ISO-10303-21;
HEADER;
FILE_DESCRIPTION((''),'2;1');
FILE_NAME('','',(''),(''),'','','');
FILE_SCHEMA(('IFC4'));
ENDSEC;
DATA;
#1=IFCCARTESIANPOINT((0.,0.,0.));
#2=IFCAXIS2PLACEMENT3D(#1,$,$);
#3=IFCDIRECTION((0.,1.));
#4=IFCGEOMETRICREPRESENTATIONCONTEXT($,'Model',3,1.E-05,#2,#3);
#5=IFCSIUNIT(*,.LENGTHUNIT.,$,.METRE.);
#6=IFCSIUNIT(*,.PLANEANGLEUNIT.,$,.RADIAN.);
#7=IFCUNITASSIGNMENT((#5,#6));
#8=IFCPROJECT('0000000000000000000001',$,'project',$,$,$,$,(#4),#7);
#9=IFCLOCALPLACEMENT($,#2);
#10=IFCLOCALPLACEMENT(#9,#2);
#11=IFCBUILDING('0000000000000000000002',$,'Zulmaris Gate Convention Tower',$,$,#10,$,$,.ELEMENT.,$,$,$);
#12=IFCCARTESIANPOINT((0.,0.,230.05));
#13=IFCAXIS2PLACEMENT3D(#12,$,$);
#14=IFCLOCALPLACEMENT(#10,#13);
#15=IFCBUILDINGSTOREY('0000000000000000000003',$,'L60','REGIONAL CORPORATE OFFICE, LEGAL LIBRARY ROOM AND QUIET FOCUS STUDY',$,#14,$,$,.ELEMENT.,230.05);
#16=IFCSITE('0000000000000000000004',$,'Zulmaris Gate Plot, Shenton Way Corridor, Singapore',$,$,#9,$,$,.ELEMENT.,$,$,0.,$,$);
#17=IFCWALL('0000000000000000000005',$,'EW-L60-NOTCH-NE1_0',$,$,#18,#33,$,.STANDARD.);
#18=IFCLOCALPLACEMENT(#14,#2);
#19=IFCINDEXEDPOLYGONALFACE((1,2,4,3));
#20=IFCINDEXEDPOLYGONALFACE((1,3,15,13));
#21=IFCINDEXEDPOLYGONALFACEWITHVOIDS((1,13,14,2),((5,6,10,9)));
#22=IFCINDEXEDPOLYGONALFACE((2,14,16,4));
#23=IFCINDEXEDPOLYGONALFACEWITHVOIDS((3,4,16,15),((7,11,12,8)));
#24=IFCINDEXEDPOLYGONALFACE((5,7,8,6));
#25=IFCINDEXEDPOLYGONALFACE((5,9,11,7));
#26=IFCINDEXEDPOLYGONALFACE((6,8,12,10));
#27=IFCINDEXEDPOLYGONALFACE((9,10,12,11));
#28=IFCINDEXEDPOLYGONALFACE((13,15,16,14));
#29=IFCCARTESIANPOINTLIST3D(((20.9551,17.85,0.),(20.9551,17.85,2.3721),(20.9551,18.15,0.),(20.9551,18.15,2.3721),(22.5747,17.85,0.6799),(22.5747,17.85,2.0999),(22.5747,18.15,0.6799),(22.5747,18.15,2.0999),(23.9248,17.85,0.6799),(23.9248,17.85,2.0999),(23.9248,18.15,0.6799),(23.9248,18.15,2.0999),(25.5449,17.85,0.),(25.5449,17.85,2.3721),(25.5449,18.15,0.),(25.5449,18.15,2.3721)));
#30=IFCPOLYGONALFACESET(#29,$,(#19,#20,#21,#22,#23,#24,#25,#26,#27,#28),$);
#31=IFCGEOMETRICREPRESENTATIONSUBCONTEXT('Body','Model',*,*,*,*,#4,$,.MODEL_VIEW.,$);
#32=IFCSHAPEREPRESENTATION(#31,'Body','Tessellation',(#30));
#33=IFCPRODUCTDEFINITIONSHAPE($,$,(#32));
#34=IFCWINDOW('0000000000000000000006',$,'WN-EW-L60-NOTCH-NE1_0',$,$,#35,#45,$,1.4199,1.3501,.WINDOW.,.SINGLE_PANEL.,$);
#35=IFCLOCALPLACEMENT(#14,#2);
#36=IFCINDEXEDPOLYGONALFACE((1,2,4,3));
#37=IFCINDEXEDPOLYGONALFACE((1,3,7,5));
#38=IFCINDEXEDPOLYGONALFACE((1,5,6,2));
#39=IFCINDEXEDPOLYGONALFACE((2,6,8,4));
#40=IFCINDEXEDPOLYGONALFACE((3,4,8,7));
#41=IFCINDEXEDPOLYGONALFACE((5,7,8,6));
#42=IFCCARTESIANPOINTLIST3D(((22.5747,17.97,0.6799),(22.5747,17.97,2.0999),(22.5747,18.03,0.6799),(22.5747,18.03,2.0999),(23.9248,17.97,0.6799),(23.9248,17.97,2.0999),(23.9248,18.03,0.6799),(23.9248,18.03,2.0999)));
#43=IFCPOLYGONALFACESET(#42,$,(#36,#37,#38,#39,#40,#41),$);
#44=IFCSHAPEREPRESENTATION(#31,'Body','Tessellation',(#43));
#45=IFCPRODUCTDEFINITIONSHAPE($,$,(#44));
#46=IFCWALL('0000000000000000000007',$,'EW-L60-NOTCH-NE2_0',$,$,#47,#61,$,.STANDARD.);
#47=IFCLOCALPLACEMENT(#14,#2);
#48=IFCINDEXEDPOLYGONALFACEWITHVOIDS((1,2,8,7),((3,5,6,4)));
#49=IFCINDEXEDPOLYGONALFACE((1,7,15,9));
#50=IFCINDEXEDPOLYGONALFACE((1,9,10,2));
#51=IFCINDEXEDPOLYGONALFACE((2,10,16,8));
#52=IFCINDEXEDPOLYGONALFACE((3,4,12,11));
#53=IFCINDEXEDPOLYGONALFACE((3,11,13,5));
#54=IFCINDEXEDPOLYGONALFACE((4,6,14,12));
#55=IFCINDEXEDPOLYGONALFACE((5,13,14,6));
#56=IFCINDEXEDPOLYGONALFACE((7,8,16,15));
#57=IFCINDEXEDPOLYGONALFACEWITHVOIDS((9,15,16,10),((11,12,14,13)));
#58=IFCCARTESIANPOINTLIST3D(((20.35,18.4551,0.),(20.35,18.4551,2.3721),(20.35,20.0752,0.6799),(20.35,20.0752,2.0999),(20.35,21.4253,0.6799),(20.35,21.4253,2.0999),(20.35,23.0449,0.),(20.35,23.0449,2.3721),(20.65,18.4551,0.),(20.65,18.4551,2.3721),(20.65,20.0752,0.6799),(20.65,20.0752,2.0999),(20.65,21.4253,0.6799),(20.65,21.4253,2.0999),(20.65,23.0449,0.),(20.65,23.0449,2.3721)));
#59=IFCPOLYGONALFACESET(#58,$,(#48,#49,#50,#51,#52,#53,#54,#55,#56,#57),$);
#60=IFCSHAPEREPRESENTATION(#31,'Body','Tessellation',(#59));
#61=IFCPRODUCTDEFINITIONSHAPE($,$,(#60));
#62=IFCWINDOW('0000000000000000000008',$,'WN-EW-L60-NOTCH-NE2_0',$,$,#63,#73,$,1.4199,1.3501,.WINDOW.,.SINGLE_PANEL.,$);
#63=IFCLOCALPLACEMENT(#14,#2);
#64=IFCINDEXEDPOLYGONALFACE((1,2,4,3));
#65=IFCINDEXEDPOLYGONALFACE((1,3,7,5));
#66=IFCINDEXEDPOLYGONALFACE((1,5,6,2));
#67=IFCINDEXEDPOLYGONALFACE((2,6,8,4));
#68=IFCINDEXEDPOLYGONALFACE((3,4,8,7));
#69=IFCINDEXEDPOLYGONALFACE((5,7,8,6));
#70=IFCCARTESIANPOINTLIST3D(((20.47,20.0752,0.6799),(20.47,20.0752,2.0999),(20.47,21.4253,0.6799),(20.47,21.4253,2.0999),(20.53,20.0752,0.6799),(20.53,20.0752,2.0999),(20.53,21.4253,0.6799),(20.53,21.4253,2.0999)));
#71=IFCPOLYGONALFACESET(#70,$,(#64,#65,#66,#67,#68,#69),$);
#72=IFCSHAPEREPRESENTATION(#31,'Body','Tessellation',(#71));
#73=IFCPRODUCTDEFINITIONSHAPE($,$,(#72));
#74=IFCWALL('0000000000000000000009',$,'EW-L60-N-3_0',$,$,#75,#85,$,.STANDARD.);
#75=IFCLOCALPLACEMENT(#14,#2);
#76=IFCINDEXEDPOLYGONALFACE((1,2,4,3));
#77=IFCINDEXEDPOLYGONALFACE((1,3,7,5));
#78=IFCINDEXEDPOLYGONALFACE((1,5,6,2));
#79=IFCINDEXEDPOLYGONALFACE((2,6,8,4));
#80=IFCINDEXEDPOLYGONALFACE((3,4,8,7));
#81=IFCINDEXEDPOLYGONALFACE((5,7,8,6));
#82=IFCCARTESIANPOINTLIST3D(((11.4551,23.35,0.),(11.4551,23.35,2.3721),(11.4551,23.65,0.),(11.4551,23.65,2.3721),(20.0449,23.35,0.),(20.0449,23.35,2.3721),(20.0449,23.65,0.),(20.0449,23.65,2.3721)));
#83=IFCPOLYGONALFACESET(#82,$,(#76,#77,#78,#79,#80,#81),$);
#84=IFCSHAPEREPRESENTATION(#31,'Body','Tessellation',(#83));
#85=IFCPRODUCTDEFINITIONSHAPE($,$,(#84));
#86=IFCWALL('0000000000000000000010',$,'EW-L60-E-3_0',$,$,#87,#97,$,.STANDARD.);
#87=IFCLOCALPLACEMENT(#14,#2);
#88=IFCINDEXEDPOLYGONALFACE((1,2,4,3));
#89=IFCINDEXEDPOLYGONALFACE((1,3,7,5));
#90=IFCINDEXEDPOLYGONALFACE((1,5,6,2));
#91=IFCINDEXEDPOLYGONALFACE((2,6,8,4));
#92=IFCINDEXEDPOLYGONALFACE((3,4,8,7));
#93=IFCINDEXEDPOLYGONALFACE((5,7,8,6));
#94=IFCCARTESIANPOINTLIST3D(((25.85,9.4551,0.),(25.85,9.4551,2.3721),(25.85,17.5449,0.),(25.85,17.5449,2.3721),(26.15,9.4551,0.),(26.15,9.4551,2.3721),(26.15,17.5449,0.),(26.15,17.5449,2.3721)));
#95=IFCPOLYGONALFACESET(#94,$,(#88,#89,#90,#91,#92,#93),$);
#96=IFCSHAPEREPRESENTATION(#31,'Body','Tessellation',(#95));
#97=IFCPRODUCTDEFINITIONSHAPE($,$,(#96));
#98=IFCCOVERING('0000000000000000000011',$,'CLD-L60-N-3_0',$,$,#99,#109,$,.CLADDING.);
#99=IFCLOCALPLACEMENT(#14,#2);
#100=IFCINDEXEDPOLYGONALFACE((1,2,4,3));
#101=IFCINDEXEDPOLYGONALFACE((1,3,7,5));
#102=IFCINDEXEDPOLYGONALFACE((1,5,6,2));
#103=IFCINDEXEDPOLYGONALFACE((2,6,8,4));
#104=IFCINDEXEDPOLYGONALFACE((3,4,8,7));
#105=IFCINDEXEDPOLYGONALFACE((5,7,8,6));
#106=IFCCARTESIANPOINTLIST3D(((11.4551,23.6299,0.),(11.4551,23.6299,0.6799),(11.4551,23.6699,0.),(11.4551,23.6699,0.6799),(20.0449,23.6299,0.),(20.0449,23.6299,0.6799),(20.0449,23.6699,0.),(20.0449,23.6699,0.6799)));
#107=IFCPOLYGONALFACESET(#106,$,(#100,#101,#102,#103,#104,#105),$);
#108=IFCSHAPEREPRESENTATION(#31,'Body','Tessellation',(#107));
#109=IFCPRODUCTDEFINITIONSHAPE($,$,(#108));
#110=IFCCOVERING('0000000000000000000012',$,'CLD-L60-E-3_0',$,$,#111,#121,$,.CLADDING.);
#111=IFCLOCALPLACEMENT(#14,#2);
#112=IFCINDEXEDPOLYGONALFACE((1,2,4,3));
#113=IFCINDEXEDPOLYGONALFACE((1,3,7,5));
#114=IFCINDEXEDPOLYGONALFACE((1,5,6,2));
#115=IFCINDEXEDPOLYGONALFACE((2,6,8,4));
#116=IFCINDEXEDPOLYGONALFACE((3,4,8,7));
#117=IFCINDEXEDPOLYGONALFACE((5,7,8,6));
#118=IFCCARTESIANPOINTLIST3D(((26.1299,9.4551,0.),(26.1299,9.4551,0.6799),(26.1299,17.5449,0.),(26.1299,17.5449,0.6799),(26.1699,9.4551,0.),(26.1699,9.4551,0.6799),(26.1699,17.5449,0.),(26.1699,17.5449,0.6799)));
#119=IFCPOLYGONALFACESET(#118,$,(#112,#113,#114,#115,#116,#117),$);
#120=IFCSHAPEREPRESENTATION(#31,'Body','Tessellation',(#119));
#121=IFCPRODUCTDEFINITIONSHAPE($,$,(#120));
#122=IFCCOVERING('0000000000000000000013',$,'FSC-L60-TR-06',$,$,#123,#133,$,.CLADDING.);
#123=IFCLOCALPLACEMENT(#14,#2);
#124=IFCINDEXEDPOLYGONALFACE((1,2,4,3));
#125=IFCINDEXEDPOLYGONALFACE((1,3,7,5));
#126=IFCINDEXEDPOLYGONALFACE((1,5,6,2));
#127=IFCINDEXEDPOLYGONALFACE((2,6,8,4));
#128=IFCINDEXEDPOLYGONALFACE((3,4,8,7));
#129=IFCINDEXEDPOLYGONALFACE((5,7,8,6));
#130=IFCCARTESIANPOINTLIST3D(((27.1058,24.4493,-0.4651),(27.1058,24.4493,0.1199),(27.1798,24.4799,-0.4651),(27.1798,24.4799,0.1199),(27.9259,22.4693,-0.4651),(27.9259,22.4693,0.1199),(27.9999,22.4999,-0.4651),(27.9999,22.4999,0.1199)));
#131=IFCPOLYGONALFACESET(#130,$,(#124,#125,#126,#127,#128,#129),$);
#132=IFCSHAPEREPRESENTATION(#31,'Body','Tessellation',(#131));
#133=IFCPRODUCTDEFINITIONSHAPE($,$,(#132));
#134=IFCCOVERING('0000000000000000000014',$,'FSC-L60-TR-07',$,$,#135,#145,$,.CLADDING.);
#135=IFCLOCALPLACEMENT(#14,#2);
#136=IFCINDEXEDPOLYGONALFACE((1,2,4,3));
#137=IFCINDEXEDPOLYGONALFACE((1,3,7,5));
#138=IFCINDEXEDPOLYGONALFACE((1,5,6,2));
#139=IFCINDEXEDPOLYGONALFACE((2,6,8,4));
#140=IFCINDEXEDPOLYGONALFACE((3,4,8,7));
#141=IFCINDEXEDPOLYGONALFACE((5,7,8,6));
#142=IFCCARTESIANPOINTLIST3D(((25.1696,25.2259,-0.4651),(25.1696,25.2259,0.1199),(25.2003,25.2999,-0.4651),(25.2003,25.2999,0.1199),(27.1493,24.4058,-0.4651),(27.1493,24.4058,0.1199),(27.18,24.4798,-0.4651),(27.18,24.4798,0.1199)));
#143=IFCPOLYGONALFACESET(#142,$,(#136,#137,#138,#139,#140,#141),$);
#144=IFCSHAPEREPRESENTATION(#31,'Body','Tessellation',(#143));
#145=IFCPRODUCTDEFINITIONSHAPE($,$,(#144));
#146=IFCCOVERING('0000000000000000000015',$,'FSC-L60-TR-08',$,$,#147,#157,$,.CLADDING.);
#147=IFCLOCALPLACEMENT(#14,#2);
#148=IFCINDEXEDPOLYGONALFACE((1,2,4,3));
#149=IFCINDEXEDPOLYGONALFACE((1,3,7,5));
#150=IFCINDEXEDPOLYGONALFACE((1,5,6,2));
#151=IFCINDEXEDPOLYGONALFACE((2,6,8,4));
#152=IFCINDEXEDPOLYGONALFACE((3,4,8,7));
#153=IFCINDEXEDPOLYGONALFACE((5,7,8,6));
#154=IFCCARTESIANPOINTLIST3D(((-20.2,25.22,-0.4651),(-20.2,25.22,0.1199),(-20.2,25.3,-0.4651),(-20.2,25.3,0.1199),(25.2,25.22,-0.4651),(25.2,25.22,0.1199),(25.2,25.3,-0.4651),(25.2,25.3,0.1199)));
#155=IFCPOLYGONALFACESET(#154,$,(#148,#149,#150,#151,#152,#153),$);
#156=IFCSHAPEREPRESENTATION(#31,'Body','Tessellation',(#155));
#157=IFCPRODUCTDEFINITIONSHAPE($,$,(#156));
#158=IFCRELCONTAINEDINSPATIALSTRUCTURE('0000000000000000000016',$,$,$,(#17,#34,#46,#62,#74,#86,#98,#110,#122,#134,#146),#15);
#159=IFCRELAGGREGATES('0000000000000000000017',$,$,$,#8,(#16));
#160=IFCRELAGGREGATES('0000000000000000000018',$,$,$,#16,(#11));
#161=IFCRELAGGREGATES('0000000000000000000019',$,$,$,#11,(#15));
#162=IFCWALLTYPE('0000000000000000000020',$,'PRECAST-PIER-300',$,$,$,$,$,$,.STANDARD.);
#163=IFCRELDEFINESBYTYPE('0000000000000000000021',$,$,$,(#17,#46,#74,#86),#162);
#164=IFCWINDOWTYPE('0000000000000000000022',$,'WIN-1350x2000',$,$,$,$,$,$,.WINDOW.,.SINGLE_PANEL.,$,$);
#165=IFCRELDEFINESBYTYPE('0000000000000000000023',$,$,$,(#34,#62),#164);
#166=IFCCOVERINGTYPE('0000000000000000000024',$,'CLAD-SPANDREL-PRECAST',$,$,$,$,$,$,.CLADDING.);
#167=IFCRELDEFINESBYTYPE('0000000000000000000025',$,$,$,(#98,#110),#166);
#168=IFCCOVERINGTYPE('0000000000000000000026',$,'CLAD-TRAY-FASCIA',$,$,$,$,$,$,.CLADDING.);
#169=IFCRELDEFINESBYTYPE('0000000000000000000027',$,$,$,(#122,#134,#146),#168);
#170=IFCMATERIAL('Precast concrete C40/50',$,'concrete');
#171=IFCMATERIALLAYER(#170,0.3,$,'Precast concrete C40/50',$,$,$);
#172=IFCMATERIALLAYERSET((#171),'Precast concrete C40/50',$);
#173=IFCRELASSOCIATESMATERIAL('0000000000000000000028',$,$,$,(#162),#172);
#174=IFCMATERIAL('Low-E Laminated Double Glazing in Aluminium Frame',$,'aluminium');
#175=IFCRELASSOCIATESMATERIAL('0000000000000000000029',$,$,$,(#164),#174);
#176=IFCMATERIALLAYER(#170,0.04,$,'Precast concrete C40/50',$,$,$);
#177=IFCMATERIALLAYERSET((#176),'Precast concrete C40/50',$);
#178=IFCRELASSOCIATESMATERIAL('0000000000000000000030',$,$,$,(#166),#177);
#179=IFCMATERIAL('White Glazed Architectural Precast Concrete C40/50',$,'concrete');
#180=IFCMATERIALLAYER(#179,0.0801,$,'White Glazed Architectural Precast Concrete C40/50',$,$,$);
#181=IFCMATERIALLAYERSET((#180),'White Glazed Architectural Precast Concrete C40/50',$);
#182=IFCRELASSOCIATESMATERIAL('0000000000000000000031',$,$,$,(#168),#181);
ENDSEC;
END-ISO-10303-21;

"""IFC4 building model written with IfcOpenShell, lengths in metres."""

from ifc_helpers import new_model, si_unit, direction, frame, frame_2d, origin, place, context, subcontext, project, spatial, rectangle, extrude, material, layer, layer_set, type_object, element, fill, save


model = new_model("IFC4")

# Units and contexts
model_context = context("Model", 3, precision=1e-05, world=origin(), true_north=direction((0.0, 1.0)))
body_context = subcontext(model_context, "Body", "Model", "MODEL_VIEW")
ifc_project = project(units=[si_unit("LENGTHUNIT", "METRE"), si_unit("PLANEANGLEUNIT", "RADIAN")], contexts=[model_context])

# Site, building, storey
site_placement = place(None, origin())
site = spatial("IfcSite", under=ifc_project, at=site_placement, Name="Zulmaris Gate Plot, Shenton Way Corridor, Singapore", CompositionType="ELEMENT", RefElevation=0.0)
building_placement = place(site_placement, origin())
building = spatial("IfcBuilding", under=site, at=building_placement, Name="Zulmaris Gate Convention Tower", CompositionType="ELEMENT")
storey_placement = place(building_placement, frame((0.0, 0.0, 230.05)))
storey = spatial("IfcBuildingStorey", under=building, at=storey_placement, Name="L60", Description="REGIONAL CORPORATE OFFICE, LEGAL LIBRARY ROOM AND QUIET FOCUS STUDY", CompositionType="ELEMENT", Elevation=230.05)

# Walls, openings, windows
ifc_material_1 = material(Name="Precast concrete C40/50", Category="concrete")
ifc_layer_1 = layer(ifc_material_1, 0.3, Name="Precast concrete C40/50")
ifc_layer_set_1 = layer_set([ifc_layer_1], Name="Precast concrete C40/50")
wall_type_1 = type_object("IfcWallType", Name="PRECAST-PIER-300", PredefinedType="STANDARD", material=ifc_layer_set_1)
wall_1_placement = place(storey_placement, frame((25.5449, 18.0, 0.0), z_axis=(0.0, 0.0, 1.0), x_axis=(-1.0, 0.0, 0.0)))
wall_1 = element("IfcWall", 1, at=wall_1_placement, inside=storey, type_object=wall_type_1, Name="EW-L60-NOTCH-NE1_0", PredefinedType="STANDARD", context=body_context, shape_type="SweptSolid", body=[
    extrude(rectangle(XDim=4.5898, YDim=0.3, at=frame_2d((2.2949, 0.0))), origin(), (0.0, 0.0, 1.0), 2.3721),
])
opening_1_placement = place(wall_1_placement, frame((1.6201, 0.0, 0.6799)))
opening_1 = element("IfcOpeningElement", 2, at=opening_1_placement, cuts=wall_1, PredefinedType="OPENING", context=body_context, shape_type="SweptSolid", body=[
    extrude(rectangle(XDim=1.3501, YDim=1.4199, at=frame_2d((0.675, 0.71))), frame((0.0, 0.1602, 0.0), z_axis=(0.0, -1.0, 0.0), x_axis=(1.0, 0.0, 0.0)), (0.0, 0.0, 1.0), 0.3201),
])
ifc_material_2 = material(Name="Low-E Laminated Double Glazing in Aluminium Frame", Category="aluminium")
window_type = type_object("IfcWindowType", Name="WIN-1350x2000", PartitioningType="SINGLE_PANEL", PredefinedType="WINDOW", material=ifc_material_2)
window_1_placement = place(opening_1_placement, origin())
window_1 = element("IfcWindow", 3, at=window_1_placement, inside=storey, type_object=window_type, Name="WN-EW-L60-NOTCH-NE1_0", OverallHeight=1.4199, OverallWidth=1.3501, PartitioningType="SINGLE_PANEL", PredefinedType="WINDOW", context=body_context, shape_type="SweptSolid", body=[
    extrude(rectangle(XDim=1.3501, YDim=1.4199, at=frame_2d((0.675, 0.71))), frame((0.0, 0.03, 0.0), z_axis=(0.0, -1.0, 0.0), x_axis=(1.0, 0.0, 0.0)), (0.0, 0.0, 1.0), 0.0601),
])
fill(opening_1, window_1)
wall_2_placement = place(storey_placement, frame((20.5, 18.4551, 0.0), z_axis=(0.0, 0.0, 1.0), x_axis=(0.0, 1.0, 0.0)))
wall_2 = element("IfcWall", 4, at=wall_2_placement, inside=storey, type_object=wall_type_1, Name="EW-L60-NOTCH-NE2_0", PredefinedType="STANDARD", context=body_context, shape_type="SweptSolid", body=[
    extrude(rectangle(XDim=4.5898, YDim=0.3, at=frame_2d((2.2949, 0.0))), origin(), (0.0, 0.0, 1.0), 2.3721),
])
opening_2_placement = place(wall_2_placement, frame((1.6201, 0.0, 0.6799)))
opening_2 = element("IfcOpeningElement", 5, at=opening_2_placement, cuts=wall_2, PredefinedType="OPENING", context=body_context, shape_type="SweptSolid", body=[
    extrude(rectangle(XDim=1.3501, YDim=1.4199, at=frame_2d((0.675, 0.71))), frame((0.0, 0.1602, 0.0), z_axis=(0.0, -1.0, 0.0), x_axis=(1.0, 0.0, 0.0)), (0.0, 0.0, 1.0), 0.3201),
])
window_2_placement = place(opening_2_placement, origin())
window_2 = element("IfcWindow", 6, at=window_2_placement, inside=storey, type_object=window_type, Name="WN-EW-L60-NOTCH-NE2_0", OverallHeight=1.4199, OverallWidth=1.3501, PartitioningType="SINGLE_PANEL", PredefinedType="WINDOW", context=body_context, shape_type="SweptSolid", body=[
    extrude(rectangle(XDim=1.3501, YDim=1.4199, at=frame_2d((0.675, 0.71))), frame((0.0, 0.03, 0.0), z_axis=(0.0, -1.0, 0.0), x_axis=(1.0, 0.0, 0.0)), (0.0, 0.0, 1.0), 0.0601),
])
fill(opening_2, window_2)

# Walls
wall_3_placement = place(storey_placement, frame((20.0449, 23.5, 0.0), z_axis=(0.0, 0.0, 1.0), x_axis=(-1.0, 0.0, 0.0)))
element("IfcWall", 7, at=wall_3_placement, inside=storey, type_object=wall_type_1, Name="EW-L60-N-3_0", PredefinedType="STANDARD", context=body_context, shape_type="SweptSolid", body=[
    extrude(rectangle(XDim=8.5898, YDim=0.3, at=frame_2d((4.2949, 0.0))), origin(), (0.0, 0.0, 1.0), 2.3721),
])
wall_4_placement = place(storey_placement, frame((26.0, 9.4551, 0.0), z_axis=(0.0, 0.0, 1.0), x_axis=(0.0, 1.0, 0.0)))
element("IfcWall", 8, at=wall_4_placement, inside=storey, type_object=wall_type_1, Name="EW-L60-E-3_0", PredefinedType="STANDARD", context=body_context, shape_type="SweptSolid", body=[
    extrude(rectangle(XDim=8.0898, YDim=0.3, at=frame_2d((4.0449, 0.0))), origin(), (0.0, 0.0, 1.0), 2.3721),
])

# Coverings
ifc_layer_2 = layer(ifc_material_1, 0.04, Name="Precast concrete C40/50")
ifc_layer_set_2 = layer_set([ifc_layer_2], Name="Precast concrete C40/50")
covering_type_1 = type_object("IfcCoveringType", Name="CLAD-SPANDREL-PRECAST", PredefinedType="CLADDING", material=ifc_layer_set_2)
covering_1_placement = place(storey_placement, frame((20.0449, 23.6499, 0.0), z_axis=(0.0, 0.0, 1.0), x_axis=(-1.0, 0.0, 0.0)))
element("IfcCovering", 9, at=covering_1_placement, inside=storey, type_object=covering_type_1, Name="CLD-L60-N-3_0", PredefinedType="CLADDING", context=body_context, shape_type="SweptSolid", body=[
    extrude(rectangle(XDim=8.5898, YDim=0.04, at=frame_2d((4.2949, 0.0))), origin(), (0.0, 0.0, 1.0), 0.6799),
])
covering_2_placement = place(storey_placement, frame((26.1499, 9.4551, 0.0), z_axis=(0.0, 0.0, 1.0), x_axis=(0.0, 1.0, 0.0)))
element("IfcCovering", 10, at=covering_2_placement, inside=storey, type_object=covering_type_1, Name="CLD-L60-E-3_0", PredefinedType="CLADDING", context=body_context, shape_type="SweptSolid", body=[
    extrude(rectangle(XDim=8.0898, YDim=0.04, at=frame_2d((4.0449, 0.0))), origin(), (0.0, 0.0, 1.0), 0.6799),
])
ifc_material_3 = material(Name="White Glazed Architectural Precast Concrete C40/50", Category="concrete")
ifc_layer_3 = layer(ifc_material_3, 0.0801, Name="White Glazed Architectural Precast Concrete C40/50")
ifc_layer_set_3 = layer_set([ifc_layer_3], Name="White Glazed Architectural Precast Concrete C40/50")
covering_type_2 = type_object("IfcCoveringType", Name="CLAD-TRAY-FASCIA", PredefinedType="CLADDING", material=ifc_layer_set_3)
covering_3_placement = place(storey_placement, frame((27.9629, 22.4846, -0.4651), z_axis=(0.0, 0.0, 1.0), x_axis=(-0.382657, 0.92389, 0.0)))
element("IfcCovering", 11, at=covering_3_placement, inside=storey, type_object=covering_type_2, Name="FSC-L60-TR-06", PredefinedType="CLADDING", context=body_context, shape_type="SweptSolid", body=[
    extrude(rectangle(XDim=2.1431, YDim=0.0801, at=frame_2d((1.0715, 0.0))), origin(), (0.0, 0.0, 1.0), 0.585),
])
covering_4_placement = place(storey_placement, frame((27.1646, 24.4429, -0.4651), z_axis=(0.0, 0.0, 1.0), x_axis=(-0.923874, 0.382697, 0.0)))
element("IfcCovering", 12, at=covering_4_placement, inside=storey, type_object=covering_type_2, Name="FSC-L60-TR-07", PredefinedType="CLADDING", context=body_context, shape_type="SweptSolid", body=[
    extrude(rectangle(XDim=2.1428, YDim=0.0801, at=frame_2d((1.0713, 0.0))), origin(), (0.0, 0.0, 1.0), 0.585),
])
covering_5_placement = place(storey_placement, frame((25.2, 25.26, -0.4651), z_axis=(0.0, 0.0, 1.0), x_axis=(-1.0, 0.0, 0.0)))
element("IfcCovering", 13, at=covering_5_placement, inside=storey, type_object=covering_type_2, Name="FSC-L60-TR-08", PredefinedType="CLADDING", context=body_context, shape_type="SweptSolid", body=[
    extrude(rectangle(XDim=45.3999, YDim=0.0801, at=frame_2d((22.7, 0.0))), origin(), (0.0, 0.0, 1.0), 0.585),
])

save(model, "model.ifc")
